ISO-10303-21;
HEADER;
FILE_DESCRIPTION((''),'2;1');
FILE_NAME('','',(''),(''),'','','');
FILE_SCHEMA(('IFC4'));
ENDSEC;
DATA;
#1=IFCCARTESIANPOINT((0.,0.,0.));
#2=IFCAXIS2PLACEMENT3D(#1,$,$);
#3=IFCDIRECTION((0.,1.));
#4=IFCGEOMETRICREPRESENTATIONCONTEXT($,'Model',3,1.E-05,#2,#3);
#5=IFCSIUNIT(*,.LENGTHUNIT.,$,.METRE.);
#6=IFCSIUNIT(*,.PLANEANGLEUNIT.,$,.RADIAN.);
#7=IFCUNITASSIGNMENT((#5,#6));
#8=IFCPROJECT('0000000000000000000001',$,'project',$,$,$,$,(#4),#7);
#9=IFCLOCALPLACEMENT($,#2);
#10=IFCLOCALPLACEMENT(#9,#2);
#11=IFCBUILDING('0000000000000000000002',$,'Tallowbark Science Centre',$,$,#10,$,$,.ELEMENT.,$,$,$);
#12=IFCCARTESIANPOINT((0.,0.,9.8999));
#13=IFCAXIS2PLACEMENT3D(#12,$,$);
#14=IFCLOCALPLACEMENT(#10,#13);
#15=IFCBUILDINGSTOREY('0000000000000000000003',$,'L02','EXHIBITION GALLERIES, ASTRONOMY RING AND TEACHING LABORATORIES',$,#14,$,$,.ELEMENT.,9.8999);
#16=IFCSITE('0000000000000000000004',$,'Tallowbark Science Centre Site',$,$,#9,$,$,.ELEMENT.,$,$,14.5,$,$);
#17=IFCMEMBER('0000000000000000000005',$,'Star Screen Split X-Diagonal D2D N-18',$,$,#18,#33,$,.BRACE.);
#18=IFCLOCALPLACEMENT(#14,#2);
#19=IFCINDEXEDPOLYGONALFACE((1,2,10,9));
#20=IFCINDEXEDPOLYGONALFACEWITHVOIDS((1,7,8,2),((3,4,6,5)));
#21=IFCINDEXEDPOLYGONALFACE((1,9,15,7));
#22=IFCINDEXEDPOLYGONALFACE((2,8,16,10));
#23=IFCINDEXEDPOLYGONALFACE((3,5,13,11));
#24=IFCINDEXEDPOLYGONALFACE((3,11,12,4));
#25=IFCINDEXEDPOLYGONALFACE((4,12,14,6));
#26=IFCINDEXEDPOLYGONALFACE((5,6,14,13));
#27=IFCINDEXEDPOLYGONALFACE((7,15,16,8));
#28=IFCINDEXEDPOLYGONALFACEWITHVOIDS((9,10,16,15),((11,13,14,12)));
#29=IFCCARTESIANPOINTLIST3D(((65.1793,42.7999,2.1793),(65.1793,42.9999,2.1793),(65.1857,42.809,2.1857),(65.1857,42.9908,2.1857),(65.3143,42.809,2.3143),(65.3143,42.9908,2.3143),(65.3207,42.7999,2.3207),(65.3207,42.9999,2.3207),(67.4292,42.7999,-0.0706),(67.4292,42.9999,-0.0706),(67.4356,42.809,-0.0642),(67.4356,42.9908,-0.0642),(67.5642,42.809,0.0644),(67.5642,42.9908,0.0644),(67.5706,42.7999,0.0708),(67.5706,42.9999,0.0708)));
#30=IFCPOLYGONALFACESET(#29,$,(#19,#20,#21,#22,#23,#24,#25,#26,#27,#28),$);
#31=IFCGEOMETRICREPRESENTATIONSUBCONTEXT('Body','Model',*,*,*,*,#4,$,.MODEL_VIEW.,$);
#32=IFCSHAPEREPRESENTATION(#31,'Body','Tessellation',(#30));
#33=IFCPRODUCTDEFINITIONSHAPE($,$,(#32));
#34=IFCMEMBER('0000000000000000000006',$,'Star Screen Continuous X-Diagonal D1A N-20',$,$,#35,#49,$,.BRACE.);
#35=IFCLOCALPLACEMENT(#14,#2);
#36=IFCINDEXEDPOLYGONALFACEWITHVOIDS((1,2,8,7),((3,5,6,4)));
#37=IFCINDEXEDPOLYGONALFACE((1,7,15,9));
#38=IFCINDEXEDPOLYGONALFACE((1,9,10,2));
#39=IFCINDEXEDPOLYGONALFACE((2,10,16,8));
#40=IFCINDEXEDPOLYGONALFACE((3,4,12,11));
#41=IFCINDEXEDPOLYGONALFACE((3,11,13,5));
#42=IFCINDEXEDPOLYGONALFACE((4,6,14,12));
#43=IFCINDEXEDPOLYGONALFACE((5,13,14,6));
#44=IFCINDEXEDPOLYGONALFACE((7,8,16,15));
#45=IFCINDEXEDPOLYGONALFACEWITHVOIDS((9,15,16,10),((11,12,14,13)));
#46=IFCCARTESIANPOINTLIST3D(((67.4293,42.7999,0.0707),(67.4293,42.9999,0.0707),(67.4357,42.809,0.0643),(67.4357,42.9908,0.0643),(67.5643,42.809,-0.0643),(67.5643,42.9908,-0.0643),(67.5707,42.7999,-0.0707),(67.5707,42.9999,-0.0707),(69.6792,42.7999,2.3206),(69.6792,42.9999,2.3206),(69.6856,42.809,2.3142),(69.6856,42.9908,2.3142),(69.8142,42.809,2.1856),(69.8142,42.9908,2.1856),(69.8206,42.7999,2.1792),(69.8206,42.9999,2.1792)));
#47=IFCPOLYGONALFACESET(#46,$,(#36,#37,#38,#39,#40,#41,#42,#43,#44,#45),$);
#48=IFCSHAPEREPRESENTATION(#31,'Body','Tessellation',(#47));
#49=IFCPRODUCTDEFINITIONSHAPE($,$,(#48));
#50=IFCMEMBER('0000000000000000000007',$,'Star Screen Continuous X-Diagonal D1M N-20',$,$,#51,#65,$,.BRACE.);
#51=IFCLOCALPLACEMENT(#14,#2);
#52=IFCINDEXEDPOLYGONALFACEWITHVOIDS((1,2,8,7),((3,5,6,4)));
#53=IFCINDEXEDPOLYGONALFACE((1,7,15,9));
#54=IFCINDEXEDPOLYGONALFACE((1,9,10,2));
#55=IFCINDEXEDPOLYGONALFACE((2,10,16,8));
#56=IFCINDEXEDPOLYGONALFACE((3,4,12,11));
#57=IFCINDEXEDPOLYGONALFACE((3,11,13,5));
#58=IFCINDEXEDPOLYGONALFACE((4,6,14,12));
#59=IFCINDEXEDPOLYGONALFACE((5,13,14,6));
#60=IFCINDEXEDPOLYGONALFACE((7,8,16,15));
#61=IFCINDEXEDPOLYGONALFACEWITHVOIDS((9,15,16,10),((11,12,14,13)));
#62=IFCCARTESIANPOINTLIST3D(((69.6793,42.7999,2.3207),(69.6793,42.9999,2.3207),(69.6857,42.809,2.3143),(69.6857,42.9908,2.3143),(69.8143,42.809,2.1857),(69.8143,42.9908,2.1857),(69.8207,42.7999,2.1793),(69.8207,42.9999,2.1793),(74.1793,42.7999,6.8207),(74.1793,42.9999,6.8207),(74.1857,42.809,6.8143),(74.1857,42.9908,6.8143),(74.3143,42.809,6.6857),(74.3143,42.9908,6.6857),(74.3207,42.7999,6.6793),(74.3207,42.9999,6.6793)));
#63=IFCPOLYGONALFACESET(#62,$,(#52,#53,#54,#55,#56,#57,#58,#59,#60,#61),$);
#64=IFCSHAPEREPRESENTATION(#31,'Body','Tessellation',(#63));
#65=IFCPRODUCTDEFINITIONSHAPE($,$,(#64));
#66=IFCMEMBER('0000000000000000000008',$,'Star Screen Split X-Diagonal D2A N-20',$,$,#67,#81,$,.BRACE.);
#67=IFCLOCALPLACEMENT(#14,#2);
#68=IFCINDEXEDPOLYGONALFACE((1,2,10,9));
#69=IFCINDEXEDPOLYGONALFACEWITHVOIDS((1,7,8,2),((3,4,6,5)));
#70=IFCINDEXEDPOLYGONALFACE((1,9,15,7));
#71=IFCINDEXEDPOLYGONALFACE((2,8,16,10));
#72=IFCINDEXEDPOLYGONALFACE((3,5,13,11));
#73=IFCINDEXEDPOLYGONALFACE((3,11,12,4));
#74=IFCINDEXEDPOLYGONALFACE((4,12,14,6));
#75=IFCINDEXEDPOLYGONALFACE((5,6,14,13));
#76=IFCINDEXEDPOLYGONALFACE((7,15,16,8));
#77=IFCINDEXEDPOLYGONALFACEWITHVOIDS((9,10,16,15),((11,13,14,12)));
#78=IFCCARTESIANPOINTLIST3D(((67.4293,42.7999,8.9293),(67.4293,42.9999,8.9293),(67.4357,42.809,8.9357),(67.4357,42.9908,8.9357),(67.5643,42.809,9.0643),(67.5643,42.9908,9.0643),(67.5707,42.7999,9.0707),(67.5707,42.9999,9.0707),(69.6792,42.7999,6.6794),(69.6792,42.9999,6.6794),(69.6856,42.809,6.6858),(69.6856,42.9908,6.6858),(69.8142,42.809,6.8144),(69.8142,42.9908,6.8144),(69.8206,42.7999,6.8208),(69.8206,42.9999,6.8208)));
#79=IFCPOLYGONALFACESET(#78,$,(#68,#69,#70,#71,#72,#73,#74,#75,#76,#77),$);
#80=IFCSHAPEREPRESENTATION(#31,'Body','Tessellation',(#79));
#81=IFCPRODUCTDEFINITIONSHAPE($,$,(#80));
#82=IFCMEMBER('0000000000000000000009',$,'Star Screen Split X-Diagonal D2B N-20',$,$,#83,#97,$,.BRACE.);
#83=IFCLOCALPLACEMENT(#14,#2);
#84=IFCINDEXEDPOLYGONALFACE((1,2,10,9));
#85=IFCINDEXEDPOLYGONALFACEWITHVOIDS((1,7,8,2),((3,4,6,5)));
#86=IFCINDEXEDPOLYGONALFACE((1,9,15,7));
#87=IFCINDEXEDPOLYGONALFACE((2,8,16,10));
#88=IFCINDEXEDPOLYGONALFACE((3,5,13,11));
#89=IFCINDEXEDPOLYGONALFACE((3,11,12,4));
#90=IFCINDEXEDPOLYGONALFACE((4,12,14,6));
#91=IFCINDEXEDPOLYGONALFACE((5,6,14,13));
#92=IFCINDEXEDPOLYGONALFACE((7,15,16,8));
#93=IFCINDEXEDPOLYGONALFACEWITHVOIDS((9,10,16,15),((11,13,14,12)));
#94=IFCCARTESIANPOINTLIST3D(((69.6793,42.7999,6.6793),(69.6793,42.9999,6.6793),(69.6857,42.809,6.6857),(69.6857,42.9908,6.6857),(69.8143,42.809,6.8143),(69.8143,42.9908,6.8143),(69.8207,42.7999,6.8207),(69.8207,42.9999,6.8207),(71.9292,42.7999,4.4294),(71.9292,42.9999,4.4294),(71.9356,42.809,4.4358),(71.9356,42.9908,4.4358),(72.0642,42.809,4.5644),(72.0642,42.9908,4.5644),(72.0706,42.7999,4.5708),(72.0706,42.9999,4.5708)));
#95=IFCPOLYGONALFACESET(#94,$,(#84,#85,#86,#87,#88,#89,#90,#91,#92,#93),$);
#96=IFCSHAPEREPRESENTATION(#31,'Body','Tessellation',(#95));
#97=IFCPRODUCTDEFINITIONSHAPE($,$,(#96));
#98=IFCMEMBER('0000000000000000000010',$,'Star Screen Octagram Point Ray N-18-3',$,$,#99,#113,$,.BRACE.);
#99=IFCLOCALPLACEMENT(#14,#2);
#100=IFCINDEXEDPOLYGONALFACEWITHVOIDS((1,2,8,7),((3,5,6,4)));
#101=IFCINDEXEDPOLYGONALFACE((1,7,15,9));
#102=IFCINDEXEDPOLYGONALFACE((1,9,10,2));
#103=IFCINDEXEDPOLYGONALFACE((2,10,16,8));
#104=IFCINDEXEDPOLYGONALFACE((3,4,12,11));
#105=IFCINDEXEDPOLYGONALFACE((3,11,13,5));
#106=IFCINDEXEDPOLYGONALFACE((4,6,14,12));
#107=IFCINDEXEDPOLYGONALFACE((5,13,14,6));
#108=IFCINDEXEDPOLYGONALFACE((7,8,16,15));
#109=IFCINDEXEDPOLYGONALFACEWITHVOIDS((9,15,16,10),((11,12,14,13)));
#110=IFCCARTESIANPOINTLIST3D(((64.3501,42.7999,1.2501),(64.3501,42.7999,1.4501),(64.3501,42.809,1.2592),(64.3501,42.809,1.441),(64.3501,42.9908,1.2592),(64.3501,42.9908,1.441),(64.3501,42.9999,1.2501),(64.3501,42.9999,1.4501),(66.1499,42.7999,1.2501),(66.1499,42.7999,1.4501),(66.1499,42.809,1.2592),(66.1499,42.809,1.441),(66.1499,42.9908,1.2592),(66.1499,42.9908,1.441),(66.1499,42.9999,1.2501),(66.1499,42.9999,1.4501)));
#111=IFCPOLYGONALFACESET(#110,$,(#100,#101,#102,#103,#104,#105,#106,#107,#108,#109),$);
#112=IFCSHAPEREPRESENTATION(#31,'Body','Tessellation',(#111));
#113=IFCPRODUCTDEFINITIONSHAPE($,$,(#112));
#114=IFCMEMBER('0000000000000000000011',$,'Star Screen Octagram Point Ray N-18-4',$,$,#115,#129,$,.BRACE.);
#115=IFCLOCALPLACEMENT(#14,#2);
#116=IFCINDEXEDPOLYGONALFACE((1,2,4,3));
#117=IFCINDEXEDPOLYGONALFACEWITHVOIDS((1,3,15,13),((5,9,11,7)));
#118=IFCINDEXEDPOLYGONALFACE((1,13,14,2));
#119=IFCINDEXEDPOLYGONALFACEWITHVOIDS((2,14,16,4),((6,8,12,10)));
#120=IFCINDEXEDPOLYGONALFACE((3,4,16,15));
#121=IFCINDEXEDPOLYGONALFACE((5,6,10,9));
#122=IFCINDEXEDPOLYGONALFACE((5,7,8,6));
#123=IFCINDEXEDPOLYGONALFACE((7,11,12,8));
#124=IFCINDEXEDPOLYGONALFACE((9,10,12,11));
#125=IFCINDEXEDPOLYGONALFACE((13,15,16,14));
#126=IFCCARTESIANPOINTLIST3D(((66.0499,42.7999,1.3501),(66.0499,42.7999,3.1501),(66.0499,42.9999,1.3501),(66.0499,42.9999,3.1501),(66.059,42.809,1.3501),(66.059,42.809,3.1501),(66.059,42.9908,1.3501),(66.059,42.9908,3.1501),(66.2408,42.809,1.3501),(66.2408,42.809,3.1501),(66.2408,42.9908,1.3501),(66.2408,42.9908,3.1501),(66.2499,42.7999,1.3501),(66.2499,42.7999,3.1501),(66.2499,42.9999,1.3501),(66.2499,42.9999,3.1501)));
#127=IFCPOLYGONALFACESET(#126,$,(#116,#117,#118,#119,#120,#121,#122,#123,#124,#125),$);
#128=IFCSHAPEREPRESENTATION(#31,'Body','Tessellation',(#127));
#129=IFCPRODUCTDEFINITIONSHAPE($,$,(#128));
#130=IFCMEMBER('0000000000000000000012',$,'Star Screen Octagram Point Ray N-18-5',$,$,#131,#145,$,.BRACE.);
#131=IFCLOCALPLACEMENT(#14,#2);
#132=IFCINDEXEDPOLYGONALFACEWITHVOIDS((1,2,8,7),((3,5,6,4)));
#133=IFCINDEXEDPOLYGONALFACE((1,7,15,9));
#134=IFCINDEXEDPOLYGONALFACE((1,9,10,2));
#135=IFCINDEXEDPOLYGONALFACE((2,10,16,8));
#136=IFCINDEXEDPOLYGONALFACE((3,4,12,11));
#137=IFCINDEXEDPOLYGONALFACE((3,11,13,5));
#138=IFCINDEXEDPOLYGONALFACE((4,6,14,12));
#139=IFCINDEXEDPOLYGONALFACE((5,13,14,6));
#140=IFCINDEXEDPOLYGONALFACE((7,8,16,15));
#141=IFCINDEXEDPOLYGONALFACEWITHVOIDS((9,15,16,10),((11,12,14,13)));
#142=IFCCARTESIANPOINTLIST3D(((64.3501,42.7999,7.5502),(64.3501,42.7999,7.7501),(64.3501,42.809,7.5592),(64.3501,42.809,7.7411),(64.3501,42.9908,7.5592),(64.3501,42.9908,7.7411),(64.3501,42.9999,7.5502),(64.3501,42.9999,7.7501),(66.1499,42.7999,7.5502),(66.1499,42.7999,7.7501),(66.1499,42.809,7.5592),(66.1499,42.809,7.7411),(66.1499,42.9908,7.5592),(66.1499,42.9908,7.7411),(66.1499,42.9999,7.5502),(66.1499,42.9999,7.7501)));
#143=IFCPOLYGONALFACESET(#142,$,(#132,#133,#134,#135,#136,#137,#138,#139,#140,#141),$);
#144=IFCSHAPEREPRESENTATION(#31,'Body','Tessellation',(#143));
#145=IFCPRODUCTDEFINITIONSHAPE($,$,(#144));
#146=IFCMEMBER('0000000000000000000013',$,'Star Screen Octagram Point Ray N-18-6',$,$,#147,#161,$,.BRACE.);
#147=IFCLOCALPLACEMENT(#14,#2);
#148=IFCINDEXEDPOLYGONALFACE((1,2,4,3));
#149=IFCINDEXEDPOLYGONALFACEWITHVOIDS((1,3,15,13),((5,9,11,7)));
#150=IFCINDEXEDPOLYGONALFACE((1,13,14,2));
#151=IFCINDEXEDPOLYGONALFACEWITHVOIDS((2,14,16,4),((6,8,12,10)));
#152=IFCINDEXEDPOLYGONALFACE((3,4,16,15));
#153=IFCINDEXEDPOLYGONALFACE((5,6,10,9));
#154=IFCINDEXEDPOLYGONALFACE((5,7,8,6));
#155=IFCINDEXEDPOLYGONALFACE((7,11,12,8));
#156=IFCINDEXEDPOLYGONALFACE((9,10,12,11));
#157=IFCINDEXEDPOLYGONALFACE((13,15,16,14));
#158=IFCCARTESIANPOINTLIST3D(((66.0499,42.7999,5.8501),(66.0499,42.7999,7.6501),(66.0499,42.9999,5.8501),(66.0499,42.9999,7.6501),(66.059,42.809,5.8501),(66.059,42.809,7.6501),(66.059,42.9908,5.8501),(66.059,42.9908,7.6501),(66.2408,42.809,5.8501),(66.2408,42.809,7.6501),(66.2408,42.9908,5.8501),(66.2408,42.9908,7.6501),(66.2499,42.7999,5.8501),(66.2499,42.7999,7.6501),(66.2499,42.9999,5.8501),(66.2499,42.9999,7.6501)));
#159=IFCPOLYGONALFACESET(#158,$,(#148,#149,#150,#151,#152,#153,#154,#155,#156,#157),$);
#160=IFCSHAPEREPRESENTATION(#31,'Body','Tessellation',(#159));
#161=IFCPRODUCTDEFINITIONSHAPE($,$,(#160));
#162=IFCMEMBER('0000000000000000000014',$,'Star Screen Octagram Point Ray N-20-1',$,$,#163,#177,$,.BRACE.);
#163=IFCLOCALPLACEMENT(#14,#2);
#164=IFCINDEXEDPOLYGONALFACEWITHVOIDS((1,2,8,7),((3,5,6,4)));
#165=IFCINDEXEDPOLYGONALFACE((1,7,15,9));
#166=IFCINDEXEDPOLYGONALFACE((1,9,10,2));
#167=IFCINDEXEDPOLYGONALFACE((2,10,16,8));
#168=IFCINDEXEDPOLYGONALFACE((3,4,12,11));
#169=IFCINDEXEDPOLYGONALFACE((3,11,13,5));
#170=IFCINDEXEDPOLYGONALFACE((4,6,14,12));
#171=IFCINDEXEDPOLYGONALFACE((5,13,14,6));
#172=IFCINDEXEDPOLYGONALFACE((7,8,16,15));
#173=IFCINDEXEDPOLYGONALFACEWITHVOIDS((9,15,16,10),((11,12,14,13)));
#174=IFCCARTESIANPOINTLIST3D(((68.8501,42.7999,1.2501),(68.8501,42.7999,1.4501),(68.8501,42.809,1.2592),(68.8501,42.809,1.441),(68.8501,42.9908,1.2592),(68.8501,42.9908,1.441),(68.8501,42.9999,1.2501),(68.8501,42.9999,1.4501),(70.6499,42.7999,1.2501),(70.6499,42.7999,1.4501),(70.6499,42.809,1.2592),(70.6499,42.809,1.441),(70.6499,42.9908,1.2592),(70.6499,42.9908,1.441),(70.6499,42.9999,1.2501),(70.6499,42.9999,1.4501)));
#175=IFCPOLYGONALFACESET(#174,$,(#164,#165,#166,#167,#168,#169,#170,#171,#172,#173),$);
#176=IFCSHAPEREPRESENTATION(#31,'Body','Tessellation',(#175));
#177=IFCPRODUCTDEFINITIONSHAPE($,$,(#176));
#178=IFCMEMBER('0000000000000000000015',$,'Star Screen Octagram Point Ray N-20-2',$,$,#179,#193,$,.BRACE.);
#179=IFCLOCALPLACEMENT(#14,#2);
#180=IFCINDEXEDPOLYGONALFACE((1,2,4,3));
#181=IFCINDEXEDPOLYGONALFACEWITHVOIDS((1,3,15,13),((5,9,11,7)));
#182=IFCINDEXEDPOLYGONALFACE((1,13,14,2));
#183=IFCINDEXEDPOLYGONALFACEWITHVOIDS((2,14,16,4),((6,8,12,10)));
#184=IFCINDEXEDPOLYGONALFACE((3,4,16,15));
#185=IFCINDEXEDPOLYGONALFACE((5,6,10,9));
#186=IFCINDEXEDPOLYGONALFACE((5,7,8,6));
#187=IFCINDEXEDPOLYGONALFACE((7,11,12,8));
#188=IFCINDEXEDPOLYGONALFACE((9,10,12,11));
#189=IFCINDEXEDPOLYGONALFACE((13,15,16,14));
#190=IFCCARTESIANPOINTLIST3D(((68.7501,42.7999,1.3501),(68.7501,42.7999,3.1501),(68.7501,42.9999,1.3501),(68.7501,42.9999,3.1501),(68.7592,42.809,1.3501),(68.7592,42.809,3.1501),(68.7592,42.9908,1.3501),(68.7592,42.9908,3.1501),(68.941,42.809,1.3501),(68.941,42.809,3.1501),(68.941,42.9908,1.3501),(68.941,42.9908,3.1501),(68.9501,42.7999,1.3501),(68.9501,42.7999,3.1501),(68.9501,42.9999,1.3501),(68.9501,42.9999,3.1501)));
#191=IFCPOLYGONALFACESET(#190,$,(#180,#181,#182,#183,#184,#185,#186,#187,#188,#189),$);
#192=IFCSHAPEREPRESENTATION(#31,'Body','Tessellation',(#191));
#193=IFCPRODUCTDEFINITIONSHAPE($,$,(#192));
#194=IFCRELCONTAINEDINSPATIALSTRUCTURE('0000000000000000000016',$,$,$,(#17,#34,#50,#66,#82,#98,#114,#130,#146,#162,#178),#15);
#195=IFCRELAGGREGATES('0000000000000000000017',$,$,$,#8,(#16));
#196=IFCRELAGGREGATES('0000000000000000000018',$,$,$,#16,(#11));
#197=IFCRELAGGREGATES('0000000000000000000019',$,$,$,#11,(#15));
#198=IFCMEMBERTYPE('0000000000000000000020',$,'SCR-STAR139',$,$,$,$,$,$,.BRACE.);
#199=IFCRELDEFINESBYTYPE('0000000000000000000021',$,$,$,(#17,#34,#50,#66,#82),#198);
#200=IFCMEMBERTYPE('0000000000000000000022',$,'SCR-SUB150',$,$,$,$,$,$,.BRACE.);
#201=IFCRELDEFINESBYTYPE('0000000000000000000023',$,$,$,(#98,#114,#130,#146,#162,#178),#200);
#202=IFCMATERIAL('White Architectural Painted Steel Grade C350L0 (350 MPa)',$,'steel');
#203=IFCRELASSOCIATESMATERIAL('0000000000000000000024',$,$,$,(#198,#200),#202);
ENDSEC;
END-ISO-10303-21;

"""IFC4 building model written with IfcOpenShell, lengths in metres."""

from ifc_helpers import new_model, si_unit, direction, frame, origin, origin_2d, place, context, subcontext, project, spatial, hollow_rectangle, extrude, material, material_profile, profile_set, type_object, element, save


model = new_model("IFC4")

# Units and contexts
model_context = context("Model", 3, precision=1e-05, world=origin(), true_north=direction((0.0, 1.0)))
body_context = subcontext(model_context, "Body", "Model", "MODEL_VIEW")
ifc_project = project(units=[si_unit("LENGTHUNIT", "METRE"), si_unit("PLANEANGLEUNIT", "RADIAN")], contexts=[model_context])

# Site, building, storey
site_placement = place(None, origin())
site = spatial("IfcSite", under=ifc_project, at=site_placement, Name="Tallowbark Science Centre Site", CompositionType="ELEMENT", RefElevation=14.5)
building_placement = place(site_placement, origin())
building = spatial("IfcBuilding", under=site, at=building_placement, Name="Tallowbark Science Centre", CompositionType="ELEMENT")
storey_placement = place(building_placement, frame((0.0, 0.0, 9.8999)))
storey = spatial("IfcBuildingStorey", under=building, at=storey_placement, Name="L02", Description="EXHIBITION GALLERIES, ASTRONOMY RING AND TEACHING LABORATORIES", CompositionType="ELEMENT", Elevation=9.8999)

# Shared definitions
ifc_material_1 = material(Name="White Architectural Painted Steel Grade C350L0 (350 MPa)", Category="steel")

# Members
ifc_material_profile_1 = material_profile(ifc_material_1, hollow_rectangle(XDim=0.2, YDim=0.2, WallThickness=0.009, at=origin_2d()), Name="200x200x9.0SHS")
ifc_profile_set_1 = profile_set([ifc_material_profile_1], Name="White Architectural Painted Steel Grade C350L0 (350 MPa)")
member_type_1 = type_object("IfcMemberType", Name="SCR-STAR139", PredefinedType="BRACE", material=ifc_profile_set_1)
for number, where, z_axis, x_axis, name in (
    (1, (65.25, 42.8999, 2.25), (0.707107, 0.0, -0.707107), (0.0, 1.0, 0.0), "Star Screen Split X-Diagonal D2D N-18"),
    (2, (67.5, 42.8999, 0.0), (0.707107, 0.0, 0.707107), (0.0, 1.0, 0.0), "Star Screen Continuous X-Diagonal D1A N-20"),
):
    element("IfcMember", number, at=place(storey_placement, frame(where, z_axis=z_axis, x_axis=x_axis)), inside=storey, type_object=member_type_1, Name=name, PredefinedType="BRACE", context=body_context, shape_type="SweptSolid", body=[
        extrude(hollow_rectangle(XDim=0.2, YDim=0.2, WallThickness=0.009, at=origin_2d()), origin(), (0.0, 0.0, 1.0), 3.1819),
    ])
member_1_placement = place(storey_placement, frame((69.75, 42.8999, 2.25), z_axis=(0.707107, 0.0, 0.707107), x_axis=(0.0, 1.0, 0.0)))
element("IfcMember", 3, at=member_1_placement, inside=storey, type_object=member_type_1, Name="Star Screen Continuous X-Diagonal D1M N-20", PredefinedType="BRACE", context=body_context, shape_type="SweptSolid", body=[
    extrude(hollow_rectangle(XDim=0.2, YDim=0.2, WallThickness=0.009, at=origin_2d()), origin(), (0.0, 0.0, 1.0), 6.364),
])
for number, where, z_axis, x_axis, name in (
    (4, (67.5, 42.8999, 9.0), (0.707107, 0.0, -0.707107), (0.0, 1.0, 0.0), "Star Screen Split X-Diagonal D2A N-20"),
    (5, (69.75, 42.8999, 6.75), (0.707107, 0.0, -0.707107), (0.0, 1.0, 0.0), "Star Screen Split X-Diagonal D2B N-20"),
):
    element("IfcMember", number, at=place(storey_placement, frame(where, z_axis=z_axis, x_axis=x_axis)), inside=storey, type_object=member_type_1, Name=name, PredefinedType="BRACE", context=body_context, shape_type="SweptSolid", body=[
        extrude(hollow_rectangle(XDim=0.2, YDim=0.2, WallThickness=0.009, at=origin_2d()), origin(), (0.0, 0.0, 1.0), 3.1819),
    ])
ifc_material_profile_2 = material_profile(ifc_material_1, hollow_rectangle(XDim=0.2, YDim=0.2, WallThickness=0.009, at=origin_2d()), Name="200x200x9.0SHS")
ifc_profile_set_2 = profile_set([ifc_material_profile_2], Name="White Architectural Painted Steel Grade C350L0 (350 MPa)")
member_type_2 = type_object("IfcMemberType", Name="SCR-SUB150", PredefinedType="BRACE", material=ifc_profile_set_2)
member_2_placement = place(storey_placement, frame((66.1499, 42.8999, 1.3501), z_axis=(-1.0, 0.0, 0.0), x_axis=(0.0, -1.0, 0.0)))
element("IfcMember", 6, at=member_2_placement, inside=storey, type_object=member_type_2, Name="Star Screen Octagram Point Ray N-18-3", PredefinedType="BRACE", context=body_context, shape_type="SweptSolid", body=[
    extrude(hollow_rectangle(XDim=0.2, YDim=0.2, WallThickness=0.009, at=origin_2d()), origin(), (0.0, 0.0, 1.0), 1.7998),
])
member_3_placement = place(storey_placement, frame((66.1499, 42.8999, 1.3501), z_axis=(0.0, 0.0, 1.0), x_axis=(1.0, 0.0, 0.0)))
element("IfcMember", 7, at=member_3_placement, inside=storey, type_object=member_type_2, Name="Star Screen Octagram Point Ray N-18-4", PredefinedType="BRACE", context=body_context, shape_type="SweptSolid", body=[
    extrude(hollow_rectangle(XDim=0.2, YDim=0.2, WallThickness=0.009, at=origin_2d()), origin(), (0.0, 0.0, 1.0), 1.8),
])
member_4_placement = place(storey_placement, frame((66.1499, 42.8999, 7.6501), z_axis=(-1.0, 0.0, 0.0), x_axis=(0.0, -1.0, 0.0)))
element("IfcMember", 8, at=member_4_placement, inside=storey, type_object=member_type_2, Name="Star Screen Octagram Point Ray N-18-5", PredefinedType="BRACE", context=body_context, shape_type="SweptSolid", body=[
    extrude(hollow_rectangle(XDim=0.2, YDim=0.2, WallThickness=0.009, at=origin_2d()), origin(), (0.0, 0.0, 1.0), 1.7998),
])
member_5_placement = place(storey_placement, frame((66.1499, 42.8999, 7.6501), z_axis=(0.0, 0.0, -1.0), x_axis=(1.0, 0.0, 0.0)))
element("IfcMember", 9, at=member_5_placement, inside=storey, type_object=member_type_2, Name="Star Screen Octagram Point Ray N-18-6", PredefinedType="BRACE", context=body_context, shape_type="SweptSolid", body=[
    extrude(hollow_rectangle(XDim=0.2, YDim=0.2, WallThickness=0.009, at=origin_2d()), origin(), (0.0, 0.0, 1.0), 1.8),
])
member_6_placement = place(storey_placement, frame((68.8501, 42.8999, 1.3501), z_axis=(1.0, 0.0, 0.0), x_axis=(0.0, 1.0, 0.0)))
element("IfcMember", 10, at=member_6_placement, inside=storey, type_object=member_type_2, Name="Star Screen Octagram Point Ray N-20-1", PredefinedType="BRACE", context=body_context, shape_type="SweptSolid", body=[
    extrude(hollow_rectangle(XDim=0.2, YDim=0.2, WallThickness=0.009, at=origin_2d()), origin(), (0.0, 0.0, 1.0), 1.7998),
])
member_7_placement = place(storey_placement, frame((68.8501, 42.8999, 1.3501), z_axis=(0.0, 0.0, 1.0), x_axis=(1.0, 0.0, 0.0)))
element("IfcMember", 11, at=member_7_placement, inside=storey, type_object=member_type_2, Name="Star Screen Octagram Point Ray N-20-2", PredefinedType="BRACE", context=body_context, shape_type="SweptSolid", body=[
    extrude(hollow_rectangle(XDim=0.2, YDim=0.2, WallThickness=0.009, at=origin_2d()), origin(), (0.0, 0.0, 1.0), 1.8),
])

save(model, "model.ifc")
